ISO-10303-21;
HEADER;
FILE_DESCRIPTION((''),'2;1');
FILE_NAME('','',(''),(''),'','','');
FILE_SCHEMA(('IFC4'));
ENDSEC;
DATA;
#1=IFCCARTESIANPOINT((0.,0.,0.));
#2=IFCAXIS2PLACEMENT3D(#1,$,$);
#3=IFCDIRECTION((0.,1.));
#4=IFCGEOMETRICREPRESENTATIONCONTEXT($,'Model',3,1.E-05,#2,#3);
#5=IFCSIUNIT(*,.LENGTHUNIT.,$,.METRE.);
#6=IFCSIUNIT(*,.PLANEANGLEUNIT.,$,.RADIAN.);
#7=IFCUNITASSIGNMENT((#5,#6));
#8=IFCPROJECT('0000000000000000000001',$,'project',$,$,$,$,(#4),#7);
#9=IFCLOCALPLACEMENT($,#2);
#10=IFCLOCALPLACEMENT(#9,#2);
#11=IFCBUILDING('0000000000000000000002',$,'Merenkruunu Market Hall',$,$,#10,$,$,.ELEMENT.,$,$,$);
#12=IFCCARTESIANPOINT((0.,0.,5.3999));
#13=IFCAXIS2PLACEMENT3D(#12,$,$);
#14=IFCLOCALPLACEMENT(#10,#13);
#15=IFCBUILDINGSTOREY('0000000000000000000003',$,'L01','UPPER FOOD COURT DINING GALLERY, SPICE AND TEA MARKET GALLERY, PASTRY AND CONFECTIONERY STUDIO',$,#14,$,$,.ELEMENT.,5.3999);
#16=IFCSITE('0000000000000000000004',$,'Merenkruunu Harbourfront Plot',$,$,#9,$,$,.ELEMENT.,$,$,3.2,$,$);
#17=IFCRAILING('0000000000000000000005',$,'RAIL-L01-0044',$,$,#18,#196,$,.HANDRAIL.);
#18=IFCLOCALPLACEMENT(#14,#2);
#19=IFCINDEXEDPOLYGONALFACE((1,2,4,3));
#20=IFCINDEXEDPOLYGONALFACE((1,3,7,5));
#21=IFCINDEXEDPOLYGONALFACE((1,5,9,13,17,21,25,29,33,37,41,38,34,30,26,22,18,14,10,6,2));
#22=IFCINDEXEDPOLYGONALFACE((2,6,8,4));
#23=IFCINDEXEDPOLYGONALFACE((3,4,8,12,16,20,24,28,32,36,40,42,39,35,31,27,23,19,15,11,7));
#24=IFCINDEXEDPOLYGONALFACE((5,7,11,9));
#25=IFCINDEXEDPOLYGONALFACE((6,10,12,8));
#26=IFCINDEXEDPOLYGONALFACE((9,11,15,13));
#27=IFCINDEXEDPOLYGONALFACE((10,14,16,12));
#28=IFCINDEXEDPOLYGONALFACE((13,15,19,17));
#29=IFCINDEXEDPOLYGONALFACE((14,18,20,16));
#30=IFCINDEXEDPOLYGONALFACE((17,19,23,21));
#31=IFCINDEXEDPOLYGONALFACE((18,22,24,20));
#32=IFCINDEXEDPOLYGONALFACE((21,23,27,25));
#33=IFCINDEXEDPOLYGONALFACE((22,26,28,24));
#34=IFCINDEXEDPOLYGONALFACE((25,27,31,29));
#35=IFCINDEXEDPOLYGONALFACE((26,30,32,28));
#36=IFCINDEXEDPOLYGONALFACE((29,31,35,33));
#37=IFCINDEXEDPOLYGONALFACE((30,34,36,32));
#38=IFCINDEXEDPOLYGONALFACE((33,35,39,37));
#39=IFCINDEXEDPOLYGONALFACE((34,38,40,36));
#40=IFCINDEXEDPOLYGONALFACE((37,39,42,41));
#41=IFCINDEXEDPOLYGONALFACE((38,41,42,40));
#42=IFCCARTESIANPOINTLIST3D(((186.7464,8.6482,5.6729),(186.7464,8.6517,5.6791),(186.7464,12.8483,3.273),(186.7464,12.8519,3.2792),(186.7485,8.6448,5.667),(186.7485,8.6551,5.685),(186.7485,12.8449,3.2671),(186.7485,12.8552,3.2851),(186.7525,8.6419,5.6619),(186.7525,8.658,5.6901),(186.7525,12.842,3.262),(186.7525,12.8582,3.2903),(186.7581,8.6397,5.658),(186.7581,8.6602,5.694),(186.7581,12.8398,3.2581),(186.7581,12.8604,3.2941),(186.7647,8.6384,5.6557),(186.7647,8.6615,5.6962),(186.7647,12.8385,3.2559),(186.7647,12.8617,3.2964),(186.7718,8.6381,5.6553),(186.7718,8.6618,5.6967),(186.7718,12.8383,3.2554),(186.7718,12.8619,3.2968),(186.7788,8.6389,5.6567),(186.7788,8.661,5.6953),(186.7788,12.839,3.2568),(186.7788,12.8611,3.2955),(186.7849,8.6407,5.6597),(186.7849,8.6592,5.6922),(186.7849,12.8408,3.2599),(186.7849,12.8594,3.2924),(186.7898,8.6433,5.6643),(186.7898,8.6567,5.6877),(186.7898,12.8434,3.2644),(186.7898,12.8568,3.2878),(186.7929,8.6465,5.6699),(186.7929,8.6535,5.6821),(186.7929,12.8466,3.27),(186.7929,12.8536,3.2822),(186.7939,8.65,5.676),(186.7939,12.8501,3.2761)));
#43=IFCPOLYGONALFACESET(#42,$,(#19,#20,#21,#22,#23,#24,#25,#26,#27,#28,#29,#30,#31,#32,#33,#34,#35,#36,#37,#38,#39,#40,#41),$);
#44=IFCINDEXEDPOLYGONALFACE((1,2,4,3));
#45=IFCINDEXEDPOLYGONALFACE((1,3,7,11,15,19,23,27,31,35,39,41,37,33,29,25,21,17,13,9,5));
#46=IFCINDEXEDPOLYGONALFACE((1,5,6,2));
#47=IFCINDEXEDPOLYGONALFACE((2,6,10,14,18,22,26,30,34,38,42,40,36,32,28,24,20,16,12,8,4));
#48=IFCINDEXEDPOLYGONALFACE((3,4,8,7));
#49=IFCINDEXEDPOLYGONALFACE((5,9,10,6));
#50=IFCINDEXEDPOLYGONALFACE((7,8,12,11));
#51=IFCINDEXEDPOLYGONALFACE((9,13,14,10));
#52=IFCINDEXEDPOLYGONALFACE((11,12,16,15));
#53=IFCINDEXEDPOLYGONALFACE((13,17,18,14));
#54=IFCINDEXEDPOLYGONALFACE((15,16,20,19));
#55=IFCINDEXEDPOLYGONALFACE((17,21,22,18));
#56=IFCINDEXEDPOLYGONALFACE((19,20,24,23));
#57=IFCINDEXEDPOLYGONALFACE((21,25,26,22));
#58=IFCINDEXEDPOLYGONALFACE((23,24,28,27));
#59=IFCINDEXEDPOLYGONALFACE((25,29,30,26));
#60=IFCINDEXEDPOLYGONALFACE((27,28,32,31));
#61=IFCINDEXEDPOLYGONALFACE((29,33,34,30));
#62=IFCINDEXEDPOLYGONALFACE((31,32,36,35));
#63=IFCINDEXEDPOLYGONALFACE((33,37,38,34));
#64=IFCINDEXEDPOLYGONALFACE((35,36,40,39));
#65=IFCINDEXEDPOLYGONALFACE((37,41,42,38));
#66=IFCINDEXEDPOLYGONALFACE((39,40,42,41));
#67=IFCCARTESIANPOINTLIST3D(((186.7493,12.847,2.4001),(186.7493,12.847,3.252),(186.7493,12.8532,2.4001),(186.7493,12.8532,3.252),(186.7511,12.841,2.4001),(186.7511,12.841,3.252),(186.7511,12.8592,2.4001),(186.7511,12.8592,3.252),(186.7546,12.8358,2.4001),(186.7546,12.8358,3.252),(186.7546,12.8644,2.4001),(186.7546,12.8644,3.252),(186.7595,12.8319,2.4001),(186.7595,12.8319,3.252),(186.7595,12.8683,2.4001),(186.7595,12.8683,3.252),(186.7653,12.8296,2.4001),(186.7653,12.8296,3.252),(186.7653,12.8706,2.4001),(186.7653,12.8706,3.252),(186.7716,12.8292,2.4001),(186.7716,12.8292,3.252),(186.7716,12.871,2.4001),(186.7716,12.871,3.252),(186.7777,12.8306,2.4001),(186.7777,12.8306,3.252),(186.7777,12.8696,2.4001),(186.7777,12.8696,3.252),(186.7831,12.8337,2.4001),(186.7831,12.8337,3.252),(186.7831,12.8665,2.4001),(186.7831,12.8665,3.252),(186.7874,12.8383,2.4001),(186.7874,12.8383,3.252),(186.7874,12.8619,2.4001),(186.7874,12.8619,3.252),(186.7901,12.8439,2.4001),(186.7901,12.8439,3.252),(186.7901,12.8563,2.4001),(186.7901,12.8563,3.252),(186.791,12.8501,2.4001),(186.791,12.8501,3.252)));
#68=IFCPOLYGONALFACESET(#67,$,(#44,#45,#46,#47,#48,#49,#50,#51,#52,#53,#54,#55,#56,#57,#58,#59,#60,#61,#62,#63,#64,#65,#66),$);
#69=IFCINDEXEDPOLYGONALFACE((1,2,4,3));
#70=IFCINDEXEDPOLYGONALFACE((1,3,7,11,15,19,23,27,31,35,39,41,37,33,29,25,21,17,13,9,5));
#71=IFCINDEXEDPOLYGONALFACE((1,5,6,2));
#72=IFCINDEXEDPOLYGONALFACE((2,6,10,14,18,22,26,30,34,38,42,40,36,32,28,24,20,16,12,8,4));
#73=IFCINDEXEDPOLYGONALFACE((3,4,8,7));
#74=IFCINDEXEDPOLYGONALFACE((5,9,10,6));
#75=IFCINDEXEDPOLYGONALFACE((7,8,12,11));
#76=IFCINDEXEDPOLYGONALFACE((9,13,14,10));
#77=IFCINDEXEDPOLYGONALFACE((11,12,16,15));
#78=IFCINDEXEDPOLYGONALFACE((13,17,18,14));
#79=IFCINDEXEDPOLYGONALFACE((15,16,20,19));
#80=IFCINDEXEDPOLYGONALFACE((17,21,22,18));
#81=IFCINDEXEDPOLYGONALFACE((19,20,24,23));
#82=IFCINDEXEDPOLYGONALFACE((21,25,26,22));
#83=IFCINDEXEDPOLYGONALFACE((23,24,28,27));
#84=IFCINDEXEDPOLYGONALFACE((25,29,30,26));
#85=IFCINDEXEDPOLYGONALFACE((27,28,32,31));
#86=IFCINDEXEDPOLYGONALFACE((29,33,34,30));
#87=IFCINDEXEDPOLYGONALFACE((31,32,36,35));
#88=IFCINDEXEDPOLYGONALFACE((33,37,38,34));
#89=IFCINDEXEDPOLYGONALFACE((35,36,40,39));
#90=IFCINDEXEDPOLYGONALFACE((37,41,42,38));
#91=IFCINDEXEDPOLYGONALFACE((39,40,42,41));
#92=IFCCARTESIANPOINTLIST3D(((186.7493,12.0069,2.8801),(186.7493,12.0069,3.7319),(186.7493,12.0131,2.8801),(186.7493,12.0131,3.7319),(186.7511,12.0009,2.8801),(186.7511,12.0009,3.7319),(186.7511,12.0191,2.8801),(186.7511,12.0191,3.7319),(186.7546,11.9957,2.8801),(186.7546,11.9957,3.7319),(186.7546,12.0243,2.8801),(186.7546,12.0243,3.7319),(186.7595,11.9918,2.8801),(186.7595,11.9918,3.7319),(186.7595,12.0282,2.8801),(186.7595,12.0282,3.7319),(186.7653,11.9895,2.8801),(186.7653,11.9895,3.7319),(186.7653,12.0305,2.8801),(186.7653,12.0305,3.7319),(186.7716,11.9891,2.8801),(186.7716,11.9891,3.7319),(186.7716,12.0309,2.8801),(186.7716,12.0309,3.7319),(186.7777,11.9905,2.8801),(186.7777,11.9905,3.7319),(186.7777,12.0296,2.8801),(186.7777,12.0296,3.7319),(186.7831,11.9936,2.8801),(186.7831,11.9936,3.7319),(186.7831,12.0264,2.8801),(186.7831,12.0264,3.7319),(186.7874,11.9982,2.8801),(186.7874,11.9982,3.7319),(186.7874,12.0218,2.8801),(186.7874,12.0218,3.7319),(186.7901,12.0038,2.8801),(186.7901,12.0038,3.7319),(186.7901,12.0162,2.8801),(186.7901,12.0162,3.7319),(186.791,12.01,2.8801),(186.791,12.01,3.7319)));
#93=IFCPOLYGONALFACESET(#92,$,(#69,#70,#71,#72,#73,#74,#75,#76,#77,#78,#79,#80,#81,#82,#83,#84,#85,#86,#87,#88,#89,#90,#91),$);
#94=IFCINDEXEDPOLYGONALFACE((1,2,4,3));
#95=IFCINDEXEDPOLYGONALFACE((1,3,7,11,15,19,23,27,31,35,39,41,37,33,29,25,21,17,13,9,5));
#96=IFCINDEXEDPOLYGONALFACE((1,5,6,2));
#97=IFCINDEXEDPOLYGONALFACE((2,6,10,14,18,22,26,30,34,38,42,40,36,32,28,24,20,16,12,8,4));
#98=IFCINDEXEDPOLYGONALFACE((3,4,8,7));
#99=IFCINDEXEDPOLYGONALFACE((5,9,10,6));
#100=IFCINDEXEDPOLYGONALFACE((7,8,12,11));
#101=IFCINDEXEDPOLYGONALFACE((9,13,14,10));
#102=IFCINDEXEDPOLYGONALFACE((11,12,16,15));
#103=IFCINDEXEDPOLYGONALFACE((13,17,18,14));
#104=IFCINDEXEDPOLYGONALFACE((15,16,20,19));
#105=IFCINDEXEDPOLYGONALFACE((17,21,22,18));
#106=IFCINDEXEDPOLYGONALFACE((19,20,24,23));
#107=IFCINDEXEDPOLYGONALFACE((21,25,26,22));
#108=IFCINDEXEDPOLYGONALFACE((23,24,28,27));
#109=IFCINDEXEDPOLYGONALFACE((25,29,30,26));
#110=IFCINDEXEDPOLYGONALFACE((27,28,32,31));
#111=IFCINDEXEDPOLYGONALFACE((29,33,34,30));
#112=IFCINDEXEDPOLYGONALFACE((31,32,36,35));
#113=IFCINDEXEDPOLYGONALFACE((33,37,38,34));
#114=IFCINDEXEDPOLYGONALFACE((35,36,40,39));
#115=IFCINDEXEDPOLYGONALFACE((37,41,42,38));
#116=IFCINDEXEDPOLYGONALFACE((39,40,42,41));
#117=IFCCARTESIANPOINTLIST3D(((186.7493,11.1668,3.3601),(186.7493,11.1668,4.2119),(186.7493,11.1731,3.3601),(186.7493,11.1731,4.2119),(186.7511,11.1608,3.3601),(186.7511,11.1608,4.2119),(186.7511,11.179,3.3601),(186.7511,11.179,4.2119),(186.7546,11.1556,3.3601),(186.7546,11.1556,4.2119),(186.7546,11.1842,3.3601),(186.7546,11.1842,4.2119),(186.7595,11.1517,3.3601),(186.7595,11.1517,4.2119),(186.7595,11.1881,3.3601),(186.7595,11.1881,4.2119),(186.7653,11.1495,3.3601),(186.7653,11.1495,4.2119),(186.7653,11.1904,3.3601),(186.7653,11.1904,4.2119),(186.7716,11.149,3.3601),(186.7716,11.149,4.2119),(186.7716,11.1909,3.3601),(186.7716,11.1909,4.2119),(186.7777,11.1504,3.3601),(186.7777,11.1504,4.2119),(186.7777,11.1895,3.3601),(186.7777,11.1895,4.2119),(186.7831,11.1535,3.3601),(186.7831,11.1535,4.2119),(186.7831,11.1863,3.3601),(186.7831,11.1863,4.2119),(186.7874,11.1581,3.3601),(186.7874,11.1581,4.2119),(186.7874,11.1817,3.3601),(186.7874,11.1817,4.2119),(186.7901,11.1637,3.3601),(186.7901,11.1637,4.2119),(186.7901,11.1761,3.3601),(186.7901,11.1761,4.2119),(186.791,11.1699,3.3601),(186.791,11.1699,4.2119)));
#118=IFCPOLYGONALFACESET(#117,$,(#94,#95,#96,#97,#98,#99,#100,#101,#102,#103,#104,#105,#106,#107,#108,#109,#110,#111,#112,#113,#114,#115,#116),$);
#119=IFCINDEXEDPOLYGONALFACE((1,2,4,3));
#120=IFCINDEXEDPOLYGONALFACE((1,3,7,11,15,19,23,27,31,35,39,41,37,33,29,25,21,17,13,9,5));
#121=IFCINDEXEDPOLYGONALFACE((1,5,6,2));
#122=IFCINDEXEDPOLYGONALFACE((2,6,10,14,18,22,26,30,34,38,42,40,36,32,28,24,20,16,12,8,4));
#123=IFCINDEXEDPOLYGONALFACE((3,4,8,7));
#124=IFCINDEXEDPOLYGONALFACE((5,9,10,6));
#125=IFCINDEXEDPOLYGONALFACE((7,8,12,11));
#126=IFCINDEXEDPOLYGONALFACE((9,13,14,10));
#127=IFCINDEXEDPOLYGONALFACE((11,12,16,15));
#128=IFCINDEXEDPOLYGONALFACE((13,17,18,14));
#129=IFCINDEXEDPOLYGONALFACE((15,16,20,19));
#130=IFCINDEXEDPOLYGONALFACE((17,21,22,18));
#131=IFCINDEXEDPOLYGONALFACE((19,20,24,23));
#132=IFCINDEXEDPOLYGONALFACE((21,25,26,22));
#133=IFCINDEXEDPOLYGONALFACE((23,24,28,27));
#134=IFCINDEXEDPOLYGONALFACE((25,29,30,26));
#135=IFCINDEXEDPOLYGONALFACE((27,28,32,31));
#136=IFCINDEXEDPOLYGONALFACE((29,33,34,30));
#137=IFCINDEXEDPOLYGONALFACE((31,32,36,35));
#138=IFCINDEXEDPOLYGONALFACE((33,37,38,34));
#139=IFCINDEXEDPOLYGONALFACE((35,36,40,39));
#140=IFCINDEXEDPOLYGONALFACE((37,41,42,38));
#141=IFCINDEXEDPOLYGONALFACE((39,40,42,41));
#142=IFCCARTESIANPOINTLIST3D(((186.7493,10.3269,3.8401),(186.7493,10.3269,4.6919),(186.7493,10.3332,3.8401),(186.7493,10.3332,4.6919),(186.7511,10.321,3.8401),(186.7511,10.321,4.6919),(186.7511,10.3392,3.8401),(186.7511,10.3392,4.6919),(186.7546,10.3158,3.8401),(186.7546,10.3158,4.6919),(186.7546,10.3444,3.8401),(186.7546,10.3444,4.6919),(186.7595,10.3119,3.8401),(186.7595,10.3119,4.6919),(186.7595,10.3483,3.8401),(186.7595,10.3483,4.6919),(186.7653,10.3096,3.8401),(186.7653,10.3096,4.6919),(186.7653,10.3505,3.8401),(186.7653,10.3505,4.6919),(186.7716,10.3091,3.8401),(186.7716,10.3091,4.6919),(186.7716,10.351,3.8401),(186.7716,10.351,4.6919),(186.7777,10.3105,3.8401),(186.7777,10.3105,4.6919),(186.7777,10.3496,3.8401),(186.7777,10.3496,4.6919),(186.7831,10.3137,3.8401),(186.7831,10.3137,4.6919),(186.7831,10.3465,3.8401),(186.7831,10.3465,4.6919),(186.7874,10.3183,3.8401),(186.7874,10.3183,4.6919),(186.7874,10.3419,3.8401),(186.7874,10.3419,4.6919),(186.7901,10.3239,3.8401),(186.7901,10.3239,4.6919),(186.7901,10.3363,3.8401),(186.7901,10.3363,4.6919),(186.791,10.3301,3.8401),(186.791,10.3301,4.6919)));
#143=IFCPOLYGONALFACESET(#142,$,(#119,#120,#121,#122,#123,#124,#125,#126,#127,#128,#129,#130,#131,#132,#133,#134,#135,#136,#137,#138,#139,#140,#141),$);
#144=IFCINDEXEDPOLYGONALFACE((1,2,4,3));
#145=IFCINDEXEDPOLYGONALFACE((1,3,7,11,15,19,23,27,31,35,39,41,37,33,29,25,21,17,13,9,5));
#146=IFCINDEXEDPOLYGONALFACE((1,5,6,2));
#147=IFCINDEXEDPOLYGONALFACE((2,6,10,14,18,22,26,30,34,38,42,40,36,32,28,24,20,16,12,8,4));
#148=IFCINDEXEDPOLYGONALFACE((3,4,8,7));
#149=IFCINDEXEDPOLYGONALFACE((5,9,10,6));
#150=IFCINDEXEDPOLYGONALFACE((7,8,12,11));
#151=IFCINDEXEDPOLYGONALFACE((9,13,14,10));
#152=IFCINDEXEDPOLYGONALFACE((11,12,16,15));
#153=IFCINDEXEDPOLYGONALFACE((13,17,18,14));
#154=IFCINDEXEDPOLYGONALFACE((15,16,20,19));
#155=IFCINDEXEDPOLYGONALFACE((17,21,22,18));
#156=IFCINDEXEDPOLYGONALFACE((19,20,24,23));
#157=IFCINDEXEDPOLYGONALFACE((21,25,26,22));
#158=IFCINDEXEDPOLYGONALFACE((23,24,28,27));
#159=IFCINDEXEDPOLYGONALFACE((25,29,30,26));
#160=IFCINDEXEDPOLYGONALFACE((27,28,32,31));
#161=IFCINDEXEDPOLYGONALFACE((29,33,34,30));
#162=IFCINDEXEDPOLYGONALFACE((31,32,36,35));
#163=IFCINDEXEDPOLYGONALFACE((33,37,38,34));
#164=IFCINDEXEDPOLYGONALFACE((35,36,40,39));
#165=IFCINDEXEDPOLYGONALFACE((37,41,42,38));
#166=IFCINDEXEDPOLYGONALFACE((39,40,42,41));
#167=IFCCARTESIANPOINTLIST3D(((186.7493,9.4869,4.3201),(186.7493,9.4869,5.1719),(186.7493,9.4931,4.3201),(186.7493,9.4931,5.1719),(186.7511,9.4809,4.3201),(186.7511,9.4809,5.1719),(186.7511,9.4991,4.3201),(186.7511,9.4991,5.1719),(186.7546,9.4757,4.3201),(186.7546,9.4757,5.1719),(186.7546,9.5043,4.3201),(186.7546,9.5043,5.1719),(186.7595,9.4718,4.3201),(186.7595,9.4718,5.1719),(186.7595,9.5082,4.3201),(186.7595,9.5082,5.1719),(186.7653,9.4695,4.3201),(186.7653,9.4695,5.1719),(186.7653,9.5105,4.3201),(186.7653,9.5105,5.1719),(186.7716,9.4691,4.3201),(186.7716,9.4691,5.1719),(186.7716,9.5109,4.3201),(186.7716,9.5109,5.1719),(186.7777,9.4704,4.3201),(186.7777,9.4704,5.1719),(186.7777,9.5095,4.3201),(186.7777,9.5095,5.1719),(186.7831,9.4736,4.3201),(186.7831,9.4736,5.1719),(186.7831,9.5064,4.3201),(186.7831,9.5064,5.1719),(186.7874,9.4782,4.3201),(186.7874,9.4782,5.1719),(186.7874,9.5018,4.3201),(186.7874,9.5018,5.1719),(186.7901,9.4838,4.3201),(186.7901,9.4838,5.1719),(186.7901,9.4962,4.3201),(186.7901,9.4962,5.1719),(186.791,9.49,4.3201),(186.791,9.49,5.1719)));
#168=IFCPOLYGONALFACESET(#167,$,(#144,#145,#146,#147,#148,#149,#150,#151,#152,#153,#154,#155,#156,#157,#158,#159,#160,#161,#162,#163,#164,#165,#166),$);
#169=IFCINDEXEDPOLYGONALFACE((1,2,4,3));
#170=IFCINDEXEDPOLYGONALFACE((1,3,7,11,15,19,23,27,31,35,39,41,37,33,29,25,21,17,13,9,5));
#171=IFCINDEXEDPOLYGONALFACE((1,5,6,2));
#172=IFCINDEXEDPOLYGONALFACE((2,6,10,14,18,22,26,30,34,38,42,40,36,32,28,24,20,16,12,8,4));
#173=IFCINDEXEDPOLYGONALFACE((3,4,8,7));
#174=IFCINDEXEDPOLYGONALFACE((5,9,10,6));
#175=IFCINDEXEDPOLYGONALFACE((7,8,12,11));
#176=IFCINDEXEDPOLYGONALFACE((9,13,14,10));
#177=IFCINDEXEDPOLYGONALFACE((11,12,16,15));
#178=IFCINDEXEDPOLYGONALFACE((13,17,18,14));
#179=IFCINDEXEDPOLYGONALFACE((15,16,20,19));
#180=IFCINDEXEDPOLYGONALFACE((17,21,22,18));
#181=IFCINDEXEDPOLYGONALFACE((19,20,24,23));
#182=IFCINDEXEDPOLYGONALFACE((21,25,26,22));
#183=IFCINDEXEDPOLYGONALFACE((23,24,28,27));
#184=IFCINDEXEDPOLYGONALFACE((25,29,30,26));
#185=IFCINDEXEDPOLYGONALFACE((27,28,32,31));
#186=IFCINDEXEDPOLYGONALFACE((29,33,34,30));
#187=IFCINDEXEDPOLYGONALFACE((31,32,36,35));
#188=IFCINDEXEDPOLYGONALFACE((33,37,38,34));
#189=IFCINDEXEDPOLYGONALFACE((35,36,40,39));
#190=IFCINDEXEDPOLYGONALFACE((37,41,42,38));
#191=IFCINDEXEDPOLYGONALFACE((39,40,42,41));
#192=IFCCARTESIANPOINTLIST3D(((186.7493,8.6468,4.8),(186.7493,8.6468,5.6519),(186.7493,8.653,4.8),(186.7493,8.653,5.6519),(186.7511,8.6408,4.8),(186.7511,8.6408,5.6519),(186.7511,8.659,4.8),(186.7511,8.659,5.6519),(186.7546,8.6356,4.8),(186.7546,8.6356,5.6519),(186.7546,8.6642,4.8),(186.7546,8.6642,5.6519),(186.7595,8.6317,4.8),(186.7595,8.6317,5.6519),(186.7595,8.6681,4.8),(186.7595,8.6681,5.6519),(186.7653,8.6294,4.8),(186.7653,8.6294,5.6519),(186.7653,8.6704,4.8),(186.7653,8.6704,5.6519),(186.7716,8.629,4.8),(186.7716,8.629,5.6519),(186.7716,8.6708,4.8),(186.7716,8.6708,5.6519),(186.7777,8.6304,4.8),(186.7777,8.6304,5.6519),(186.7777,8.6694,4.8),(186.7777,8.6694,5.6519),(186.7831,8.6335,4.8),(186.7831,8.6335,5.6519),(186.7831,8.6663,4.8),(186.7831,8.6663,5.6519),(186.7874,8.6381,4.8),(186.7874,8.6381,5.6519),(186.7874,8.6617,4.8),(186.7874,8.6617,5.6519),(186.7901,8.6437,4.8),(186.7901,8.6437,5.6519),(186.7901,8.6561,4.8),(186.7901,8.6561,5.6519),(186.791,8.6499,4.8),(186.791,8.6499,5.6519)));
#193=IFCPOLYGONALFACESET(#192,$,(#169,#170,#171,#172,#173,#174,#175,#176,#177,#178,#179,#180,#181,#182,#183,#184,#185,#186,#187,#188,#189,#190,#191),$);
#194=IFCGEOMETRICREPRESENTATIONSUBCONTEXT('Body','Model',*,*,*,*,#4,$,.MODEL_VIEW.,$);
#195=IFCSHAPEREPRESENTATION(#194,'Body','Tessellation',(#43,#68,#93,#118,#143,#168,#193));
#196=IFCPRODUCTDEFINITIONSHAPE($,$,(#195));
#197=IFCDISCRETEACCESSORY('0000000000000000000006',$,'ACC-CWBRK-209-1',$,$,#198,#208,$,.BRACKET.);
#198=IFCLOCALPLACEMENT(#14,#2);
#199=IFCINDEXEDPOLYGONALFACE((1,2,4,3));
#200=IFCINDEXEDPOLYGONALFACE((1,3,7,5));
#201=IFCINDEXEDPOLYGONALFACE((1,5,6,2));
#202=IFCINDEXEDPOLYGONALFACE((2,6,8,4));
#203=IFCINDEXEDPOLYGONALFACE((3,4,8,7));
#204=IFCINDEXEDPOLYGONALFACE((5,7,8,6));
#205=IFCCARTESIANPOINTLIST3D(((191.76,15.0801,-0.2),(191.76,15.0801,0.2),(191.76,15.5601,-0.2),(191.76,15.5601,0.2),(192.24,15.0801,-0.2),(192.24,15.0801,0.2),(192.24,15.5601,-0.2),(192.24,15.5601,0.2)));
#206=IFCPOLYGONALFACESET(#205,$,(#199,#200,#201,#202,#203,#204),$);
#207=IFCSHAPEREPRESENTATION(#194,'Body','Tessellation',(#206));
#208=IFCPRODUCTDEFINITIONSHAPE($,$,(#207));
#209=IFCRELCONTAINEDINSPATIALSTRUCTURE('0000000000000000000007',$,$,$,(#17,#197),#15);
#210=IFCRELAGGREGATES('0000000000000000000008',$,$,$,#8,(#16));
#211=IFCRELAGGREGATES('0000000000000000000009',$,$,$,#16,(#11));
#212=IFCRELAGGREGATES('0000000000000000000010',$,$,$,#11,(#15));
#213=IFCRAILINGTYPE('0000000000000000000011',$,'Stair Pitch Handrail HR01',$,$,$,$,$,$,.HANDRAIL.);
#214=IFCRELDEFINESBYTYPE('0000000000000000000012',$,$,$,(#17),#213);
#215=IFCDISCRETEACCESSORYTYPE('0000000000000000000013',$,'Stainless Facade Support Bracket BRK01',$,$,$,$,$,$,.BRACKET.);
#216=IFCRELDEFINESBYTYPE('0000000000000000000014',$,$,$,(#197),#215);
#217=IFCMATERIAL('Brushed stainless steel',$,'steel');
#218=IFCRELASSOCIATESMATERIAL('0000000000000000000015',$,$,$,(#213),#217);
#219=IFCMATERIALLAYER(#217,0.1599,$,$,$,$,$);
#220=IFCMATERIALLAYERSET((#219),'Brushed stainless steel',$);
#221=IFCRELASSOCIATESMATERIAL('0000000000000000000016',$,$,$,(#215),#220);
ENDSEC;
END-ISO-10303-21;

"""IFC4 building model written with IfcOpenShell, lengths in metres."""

from ifc_helpers import new_model, si_unit, direction, frame, origin, origin_2d, place, context, subcontext, project, spatial, rectangle, circle, extrude, material, layer, layer_set, type_object, element, save


model = new_model("IFC4")

# Units and contexts
model_context = context("Model", 3, precision=1e-05, world=origin(), true_north=direction((0.0, 1.0)))
body_context = subcontext(model_context, "Body", "Model", "MODEL_VIEW")
ifc_project = project(units=[si_unit("LENGTHUNIT", "METRE"), si_unit("PLANEANGLEUNIT", "RADIAN")], contexts=[model_context])

# Site, building, storey
site_placement = place(None, origin())
site = spatial("IfcSite", under=ifc_project, at=site_placement, Name="Merenkruunu Harbourfront Plot", CompositionType="ELEMENT", RefElevation=3.2)
building_placement = place(site_placement, origin())
building = spatial("IfcBuilding", under=site, at=building_placement, Name="Merenkruunu Market Hall", CompositionType="ELEMENT")
storey_placement = place(building_placement, frame((0.0, 0.0, 5.3999)))
storey = spatial("IfcBuildingStorey", under=building, at=storey_placement, Name="L01", Description="UPPER FOOD COURT DINING GALLERY, SPICE AND TEA MARKET GALLERY, PASTRY AND CONFECTIONERY STUDIO", CompositionType="ELEMENT", Elevation=5.3999)

# Railing
ifc_material_1 = material(Name="Brushed stainless steel", Category="steel")
railing_type_1 = type_object("IfcRailingType", Name="Stair Pitch Handrail HR01", PredefinedType="HANDRAIL", material=ifc_material_1)
railing_1_placement = place(storey_placement, frame((186.77, 12.8501, 2.4001)))
element("IfcRailing", 1, at=railing_1_placement, inside=storey, type_object=railing_type_1, Name="RAIL-L01-0044", PredefinedType="HANDRAIL", context=body_context, shape_type="SweptSolid", body=[
    extrude(circle(Radius=0.0239, at=origin_2d()), frame((0.0, 0.0, 0.876), z_axis=(0.0, -0.868262, 0.496106), x_axis=(1.0, 0.0, 0.0)), (0.0, 0.0, 1.0), 4.8374),
    extrude(circle(Radius=0.021, at=origin_2d()), origin(), (0.0, 0.0, 1.0), 0.8518),
    extrude(circle(Radius=0.021, at=origin_2d()), frame((0.0, -0.8401, 0.48)), (0.0, 0.0, 1.0), 0.8518),
    extrude(circle(Radius=0.021, at=origin_2d()), frame((0.0, -1.6802, 0.96)), (0.0, 0.0, 1.0), 0.8518),
    extrude(circle(Radius=0.021, at=origin_2d()), frame((0.0, -2.52, 1.4399)), (0.0, 0.0, 1.0), 0.8518),
    extrude(circle(Radius=0.021, at=origin_2d()), frame((0.0, -3.3601, 1.9199)), (0.0, 0.0, 1.0), 0.8518),
    extrude(circle(Radius=0.021, at=origin_2d()), frame((0.0, -4.2002, 2.3999)), (0.0, 0.0, 1.0), 0.8518),
])

# Discrete accessory
ifc_layer_1 = layer(ifc_material_1, 0.1599)
ifc_layer_set_1 = layer_set([ifc_layer_1], Name="Brushed stainless steel")
discrete_accessory_type = type_object("IfcDiscreteAccessoryType", Name="Stainless Facade Support Bracket BRK01", PredefinedType="BRACKET", material=ifc_layer_set_1)
for number, where, z_axis, x_axis, name in (
    (2, (192.0, 15.3201, -0.2), (0.0, 0.0, 1.0), (1.0, 0.0, 0.0), "ACC-CWBRK-209-1"),
):
    element("IfcDiscreteAccessory", number, at=place(storey_placement, frame(where, z_axis=z_axis, x_axis=x_axis)), inside=storey, type_object=discrete_accessory_type, Name=name, PredefinedType="BRACKET", context=body_context, shape_type="SweptSolid", body=[
        extrude(rectangle(XDim=0.48, YDim=0.48, at=origin_2d()), origin(), (0.0, 0.0, 1.0), 0.3999),
    ])

save(model, "model.ifc")
